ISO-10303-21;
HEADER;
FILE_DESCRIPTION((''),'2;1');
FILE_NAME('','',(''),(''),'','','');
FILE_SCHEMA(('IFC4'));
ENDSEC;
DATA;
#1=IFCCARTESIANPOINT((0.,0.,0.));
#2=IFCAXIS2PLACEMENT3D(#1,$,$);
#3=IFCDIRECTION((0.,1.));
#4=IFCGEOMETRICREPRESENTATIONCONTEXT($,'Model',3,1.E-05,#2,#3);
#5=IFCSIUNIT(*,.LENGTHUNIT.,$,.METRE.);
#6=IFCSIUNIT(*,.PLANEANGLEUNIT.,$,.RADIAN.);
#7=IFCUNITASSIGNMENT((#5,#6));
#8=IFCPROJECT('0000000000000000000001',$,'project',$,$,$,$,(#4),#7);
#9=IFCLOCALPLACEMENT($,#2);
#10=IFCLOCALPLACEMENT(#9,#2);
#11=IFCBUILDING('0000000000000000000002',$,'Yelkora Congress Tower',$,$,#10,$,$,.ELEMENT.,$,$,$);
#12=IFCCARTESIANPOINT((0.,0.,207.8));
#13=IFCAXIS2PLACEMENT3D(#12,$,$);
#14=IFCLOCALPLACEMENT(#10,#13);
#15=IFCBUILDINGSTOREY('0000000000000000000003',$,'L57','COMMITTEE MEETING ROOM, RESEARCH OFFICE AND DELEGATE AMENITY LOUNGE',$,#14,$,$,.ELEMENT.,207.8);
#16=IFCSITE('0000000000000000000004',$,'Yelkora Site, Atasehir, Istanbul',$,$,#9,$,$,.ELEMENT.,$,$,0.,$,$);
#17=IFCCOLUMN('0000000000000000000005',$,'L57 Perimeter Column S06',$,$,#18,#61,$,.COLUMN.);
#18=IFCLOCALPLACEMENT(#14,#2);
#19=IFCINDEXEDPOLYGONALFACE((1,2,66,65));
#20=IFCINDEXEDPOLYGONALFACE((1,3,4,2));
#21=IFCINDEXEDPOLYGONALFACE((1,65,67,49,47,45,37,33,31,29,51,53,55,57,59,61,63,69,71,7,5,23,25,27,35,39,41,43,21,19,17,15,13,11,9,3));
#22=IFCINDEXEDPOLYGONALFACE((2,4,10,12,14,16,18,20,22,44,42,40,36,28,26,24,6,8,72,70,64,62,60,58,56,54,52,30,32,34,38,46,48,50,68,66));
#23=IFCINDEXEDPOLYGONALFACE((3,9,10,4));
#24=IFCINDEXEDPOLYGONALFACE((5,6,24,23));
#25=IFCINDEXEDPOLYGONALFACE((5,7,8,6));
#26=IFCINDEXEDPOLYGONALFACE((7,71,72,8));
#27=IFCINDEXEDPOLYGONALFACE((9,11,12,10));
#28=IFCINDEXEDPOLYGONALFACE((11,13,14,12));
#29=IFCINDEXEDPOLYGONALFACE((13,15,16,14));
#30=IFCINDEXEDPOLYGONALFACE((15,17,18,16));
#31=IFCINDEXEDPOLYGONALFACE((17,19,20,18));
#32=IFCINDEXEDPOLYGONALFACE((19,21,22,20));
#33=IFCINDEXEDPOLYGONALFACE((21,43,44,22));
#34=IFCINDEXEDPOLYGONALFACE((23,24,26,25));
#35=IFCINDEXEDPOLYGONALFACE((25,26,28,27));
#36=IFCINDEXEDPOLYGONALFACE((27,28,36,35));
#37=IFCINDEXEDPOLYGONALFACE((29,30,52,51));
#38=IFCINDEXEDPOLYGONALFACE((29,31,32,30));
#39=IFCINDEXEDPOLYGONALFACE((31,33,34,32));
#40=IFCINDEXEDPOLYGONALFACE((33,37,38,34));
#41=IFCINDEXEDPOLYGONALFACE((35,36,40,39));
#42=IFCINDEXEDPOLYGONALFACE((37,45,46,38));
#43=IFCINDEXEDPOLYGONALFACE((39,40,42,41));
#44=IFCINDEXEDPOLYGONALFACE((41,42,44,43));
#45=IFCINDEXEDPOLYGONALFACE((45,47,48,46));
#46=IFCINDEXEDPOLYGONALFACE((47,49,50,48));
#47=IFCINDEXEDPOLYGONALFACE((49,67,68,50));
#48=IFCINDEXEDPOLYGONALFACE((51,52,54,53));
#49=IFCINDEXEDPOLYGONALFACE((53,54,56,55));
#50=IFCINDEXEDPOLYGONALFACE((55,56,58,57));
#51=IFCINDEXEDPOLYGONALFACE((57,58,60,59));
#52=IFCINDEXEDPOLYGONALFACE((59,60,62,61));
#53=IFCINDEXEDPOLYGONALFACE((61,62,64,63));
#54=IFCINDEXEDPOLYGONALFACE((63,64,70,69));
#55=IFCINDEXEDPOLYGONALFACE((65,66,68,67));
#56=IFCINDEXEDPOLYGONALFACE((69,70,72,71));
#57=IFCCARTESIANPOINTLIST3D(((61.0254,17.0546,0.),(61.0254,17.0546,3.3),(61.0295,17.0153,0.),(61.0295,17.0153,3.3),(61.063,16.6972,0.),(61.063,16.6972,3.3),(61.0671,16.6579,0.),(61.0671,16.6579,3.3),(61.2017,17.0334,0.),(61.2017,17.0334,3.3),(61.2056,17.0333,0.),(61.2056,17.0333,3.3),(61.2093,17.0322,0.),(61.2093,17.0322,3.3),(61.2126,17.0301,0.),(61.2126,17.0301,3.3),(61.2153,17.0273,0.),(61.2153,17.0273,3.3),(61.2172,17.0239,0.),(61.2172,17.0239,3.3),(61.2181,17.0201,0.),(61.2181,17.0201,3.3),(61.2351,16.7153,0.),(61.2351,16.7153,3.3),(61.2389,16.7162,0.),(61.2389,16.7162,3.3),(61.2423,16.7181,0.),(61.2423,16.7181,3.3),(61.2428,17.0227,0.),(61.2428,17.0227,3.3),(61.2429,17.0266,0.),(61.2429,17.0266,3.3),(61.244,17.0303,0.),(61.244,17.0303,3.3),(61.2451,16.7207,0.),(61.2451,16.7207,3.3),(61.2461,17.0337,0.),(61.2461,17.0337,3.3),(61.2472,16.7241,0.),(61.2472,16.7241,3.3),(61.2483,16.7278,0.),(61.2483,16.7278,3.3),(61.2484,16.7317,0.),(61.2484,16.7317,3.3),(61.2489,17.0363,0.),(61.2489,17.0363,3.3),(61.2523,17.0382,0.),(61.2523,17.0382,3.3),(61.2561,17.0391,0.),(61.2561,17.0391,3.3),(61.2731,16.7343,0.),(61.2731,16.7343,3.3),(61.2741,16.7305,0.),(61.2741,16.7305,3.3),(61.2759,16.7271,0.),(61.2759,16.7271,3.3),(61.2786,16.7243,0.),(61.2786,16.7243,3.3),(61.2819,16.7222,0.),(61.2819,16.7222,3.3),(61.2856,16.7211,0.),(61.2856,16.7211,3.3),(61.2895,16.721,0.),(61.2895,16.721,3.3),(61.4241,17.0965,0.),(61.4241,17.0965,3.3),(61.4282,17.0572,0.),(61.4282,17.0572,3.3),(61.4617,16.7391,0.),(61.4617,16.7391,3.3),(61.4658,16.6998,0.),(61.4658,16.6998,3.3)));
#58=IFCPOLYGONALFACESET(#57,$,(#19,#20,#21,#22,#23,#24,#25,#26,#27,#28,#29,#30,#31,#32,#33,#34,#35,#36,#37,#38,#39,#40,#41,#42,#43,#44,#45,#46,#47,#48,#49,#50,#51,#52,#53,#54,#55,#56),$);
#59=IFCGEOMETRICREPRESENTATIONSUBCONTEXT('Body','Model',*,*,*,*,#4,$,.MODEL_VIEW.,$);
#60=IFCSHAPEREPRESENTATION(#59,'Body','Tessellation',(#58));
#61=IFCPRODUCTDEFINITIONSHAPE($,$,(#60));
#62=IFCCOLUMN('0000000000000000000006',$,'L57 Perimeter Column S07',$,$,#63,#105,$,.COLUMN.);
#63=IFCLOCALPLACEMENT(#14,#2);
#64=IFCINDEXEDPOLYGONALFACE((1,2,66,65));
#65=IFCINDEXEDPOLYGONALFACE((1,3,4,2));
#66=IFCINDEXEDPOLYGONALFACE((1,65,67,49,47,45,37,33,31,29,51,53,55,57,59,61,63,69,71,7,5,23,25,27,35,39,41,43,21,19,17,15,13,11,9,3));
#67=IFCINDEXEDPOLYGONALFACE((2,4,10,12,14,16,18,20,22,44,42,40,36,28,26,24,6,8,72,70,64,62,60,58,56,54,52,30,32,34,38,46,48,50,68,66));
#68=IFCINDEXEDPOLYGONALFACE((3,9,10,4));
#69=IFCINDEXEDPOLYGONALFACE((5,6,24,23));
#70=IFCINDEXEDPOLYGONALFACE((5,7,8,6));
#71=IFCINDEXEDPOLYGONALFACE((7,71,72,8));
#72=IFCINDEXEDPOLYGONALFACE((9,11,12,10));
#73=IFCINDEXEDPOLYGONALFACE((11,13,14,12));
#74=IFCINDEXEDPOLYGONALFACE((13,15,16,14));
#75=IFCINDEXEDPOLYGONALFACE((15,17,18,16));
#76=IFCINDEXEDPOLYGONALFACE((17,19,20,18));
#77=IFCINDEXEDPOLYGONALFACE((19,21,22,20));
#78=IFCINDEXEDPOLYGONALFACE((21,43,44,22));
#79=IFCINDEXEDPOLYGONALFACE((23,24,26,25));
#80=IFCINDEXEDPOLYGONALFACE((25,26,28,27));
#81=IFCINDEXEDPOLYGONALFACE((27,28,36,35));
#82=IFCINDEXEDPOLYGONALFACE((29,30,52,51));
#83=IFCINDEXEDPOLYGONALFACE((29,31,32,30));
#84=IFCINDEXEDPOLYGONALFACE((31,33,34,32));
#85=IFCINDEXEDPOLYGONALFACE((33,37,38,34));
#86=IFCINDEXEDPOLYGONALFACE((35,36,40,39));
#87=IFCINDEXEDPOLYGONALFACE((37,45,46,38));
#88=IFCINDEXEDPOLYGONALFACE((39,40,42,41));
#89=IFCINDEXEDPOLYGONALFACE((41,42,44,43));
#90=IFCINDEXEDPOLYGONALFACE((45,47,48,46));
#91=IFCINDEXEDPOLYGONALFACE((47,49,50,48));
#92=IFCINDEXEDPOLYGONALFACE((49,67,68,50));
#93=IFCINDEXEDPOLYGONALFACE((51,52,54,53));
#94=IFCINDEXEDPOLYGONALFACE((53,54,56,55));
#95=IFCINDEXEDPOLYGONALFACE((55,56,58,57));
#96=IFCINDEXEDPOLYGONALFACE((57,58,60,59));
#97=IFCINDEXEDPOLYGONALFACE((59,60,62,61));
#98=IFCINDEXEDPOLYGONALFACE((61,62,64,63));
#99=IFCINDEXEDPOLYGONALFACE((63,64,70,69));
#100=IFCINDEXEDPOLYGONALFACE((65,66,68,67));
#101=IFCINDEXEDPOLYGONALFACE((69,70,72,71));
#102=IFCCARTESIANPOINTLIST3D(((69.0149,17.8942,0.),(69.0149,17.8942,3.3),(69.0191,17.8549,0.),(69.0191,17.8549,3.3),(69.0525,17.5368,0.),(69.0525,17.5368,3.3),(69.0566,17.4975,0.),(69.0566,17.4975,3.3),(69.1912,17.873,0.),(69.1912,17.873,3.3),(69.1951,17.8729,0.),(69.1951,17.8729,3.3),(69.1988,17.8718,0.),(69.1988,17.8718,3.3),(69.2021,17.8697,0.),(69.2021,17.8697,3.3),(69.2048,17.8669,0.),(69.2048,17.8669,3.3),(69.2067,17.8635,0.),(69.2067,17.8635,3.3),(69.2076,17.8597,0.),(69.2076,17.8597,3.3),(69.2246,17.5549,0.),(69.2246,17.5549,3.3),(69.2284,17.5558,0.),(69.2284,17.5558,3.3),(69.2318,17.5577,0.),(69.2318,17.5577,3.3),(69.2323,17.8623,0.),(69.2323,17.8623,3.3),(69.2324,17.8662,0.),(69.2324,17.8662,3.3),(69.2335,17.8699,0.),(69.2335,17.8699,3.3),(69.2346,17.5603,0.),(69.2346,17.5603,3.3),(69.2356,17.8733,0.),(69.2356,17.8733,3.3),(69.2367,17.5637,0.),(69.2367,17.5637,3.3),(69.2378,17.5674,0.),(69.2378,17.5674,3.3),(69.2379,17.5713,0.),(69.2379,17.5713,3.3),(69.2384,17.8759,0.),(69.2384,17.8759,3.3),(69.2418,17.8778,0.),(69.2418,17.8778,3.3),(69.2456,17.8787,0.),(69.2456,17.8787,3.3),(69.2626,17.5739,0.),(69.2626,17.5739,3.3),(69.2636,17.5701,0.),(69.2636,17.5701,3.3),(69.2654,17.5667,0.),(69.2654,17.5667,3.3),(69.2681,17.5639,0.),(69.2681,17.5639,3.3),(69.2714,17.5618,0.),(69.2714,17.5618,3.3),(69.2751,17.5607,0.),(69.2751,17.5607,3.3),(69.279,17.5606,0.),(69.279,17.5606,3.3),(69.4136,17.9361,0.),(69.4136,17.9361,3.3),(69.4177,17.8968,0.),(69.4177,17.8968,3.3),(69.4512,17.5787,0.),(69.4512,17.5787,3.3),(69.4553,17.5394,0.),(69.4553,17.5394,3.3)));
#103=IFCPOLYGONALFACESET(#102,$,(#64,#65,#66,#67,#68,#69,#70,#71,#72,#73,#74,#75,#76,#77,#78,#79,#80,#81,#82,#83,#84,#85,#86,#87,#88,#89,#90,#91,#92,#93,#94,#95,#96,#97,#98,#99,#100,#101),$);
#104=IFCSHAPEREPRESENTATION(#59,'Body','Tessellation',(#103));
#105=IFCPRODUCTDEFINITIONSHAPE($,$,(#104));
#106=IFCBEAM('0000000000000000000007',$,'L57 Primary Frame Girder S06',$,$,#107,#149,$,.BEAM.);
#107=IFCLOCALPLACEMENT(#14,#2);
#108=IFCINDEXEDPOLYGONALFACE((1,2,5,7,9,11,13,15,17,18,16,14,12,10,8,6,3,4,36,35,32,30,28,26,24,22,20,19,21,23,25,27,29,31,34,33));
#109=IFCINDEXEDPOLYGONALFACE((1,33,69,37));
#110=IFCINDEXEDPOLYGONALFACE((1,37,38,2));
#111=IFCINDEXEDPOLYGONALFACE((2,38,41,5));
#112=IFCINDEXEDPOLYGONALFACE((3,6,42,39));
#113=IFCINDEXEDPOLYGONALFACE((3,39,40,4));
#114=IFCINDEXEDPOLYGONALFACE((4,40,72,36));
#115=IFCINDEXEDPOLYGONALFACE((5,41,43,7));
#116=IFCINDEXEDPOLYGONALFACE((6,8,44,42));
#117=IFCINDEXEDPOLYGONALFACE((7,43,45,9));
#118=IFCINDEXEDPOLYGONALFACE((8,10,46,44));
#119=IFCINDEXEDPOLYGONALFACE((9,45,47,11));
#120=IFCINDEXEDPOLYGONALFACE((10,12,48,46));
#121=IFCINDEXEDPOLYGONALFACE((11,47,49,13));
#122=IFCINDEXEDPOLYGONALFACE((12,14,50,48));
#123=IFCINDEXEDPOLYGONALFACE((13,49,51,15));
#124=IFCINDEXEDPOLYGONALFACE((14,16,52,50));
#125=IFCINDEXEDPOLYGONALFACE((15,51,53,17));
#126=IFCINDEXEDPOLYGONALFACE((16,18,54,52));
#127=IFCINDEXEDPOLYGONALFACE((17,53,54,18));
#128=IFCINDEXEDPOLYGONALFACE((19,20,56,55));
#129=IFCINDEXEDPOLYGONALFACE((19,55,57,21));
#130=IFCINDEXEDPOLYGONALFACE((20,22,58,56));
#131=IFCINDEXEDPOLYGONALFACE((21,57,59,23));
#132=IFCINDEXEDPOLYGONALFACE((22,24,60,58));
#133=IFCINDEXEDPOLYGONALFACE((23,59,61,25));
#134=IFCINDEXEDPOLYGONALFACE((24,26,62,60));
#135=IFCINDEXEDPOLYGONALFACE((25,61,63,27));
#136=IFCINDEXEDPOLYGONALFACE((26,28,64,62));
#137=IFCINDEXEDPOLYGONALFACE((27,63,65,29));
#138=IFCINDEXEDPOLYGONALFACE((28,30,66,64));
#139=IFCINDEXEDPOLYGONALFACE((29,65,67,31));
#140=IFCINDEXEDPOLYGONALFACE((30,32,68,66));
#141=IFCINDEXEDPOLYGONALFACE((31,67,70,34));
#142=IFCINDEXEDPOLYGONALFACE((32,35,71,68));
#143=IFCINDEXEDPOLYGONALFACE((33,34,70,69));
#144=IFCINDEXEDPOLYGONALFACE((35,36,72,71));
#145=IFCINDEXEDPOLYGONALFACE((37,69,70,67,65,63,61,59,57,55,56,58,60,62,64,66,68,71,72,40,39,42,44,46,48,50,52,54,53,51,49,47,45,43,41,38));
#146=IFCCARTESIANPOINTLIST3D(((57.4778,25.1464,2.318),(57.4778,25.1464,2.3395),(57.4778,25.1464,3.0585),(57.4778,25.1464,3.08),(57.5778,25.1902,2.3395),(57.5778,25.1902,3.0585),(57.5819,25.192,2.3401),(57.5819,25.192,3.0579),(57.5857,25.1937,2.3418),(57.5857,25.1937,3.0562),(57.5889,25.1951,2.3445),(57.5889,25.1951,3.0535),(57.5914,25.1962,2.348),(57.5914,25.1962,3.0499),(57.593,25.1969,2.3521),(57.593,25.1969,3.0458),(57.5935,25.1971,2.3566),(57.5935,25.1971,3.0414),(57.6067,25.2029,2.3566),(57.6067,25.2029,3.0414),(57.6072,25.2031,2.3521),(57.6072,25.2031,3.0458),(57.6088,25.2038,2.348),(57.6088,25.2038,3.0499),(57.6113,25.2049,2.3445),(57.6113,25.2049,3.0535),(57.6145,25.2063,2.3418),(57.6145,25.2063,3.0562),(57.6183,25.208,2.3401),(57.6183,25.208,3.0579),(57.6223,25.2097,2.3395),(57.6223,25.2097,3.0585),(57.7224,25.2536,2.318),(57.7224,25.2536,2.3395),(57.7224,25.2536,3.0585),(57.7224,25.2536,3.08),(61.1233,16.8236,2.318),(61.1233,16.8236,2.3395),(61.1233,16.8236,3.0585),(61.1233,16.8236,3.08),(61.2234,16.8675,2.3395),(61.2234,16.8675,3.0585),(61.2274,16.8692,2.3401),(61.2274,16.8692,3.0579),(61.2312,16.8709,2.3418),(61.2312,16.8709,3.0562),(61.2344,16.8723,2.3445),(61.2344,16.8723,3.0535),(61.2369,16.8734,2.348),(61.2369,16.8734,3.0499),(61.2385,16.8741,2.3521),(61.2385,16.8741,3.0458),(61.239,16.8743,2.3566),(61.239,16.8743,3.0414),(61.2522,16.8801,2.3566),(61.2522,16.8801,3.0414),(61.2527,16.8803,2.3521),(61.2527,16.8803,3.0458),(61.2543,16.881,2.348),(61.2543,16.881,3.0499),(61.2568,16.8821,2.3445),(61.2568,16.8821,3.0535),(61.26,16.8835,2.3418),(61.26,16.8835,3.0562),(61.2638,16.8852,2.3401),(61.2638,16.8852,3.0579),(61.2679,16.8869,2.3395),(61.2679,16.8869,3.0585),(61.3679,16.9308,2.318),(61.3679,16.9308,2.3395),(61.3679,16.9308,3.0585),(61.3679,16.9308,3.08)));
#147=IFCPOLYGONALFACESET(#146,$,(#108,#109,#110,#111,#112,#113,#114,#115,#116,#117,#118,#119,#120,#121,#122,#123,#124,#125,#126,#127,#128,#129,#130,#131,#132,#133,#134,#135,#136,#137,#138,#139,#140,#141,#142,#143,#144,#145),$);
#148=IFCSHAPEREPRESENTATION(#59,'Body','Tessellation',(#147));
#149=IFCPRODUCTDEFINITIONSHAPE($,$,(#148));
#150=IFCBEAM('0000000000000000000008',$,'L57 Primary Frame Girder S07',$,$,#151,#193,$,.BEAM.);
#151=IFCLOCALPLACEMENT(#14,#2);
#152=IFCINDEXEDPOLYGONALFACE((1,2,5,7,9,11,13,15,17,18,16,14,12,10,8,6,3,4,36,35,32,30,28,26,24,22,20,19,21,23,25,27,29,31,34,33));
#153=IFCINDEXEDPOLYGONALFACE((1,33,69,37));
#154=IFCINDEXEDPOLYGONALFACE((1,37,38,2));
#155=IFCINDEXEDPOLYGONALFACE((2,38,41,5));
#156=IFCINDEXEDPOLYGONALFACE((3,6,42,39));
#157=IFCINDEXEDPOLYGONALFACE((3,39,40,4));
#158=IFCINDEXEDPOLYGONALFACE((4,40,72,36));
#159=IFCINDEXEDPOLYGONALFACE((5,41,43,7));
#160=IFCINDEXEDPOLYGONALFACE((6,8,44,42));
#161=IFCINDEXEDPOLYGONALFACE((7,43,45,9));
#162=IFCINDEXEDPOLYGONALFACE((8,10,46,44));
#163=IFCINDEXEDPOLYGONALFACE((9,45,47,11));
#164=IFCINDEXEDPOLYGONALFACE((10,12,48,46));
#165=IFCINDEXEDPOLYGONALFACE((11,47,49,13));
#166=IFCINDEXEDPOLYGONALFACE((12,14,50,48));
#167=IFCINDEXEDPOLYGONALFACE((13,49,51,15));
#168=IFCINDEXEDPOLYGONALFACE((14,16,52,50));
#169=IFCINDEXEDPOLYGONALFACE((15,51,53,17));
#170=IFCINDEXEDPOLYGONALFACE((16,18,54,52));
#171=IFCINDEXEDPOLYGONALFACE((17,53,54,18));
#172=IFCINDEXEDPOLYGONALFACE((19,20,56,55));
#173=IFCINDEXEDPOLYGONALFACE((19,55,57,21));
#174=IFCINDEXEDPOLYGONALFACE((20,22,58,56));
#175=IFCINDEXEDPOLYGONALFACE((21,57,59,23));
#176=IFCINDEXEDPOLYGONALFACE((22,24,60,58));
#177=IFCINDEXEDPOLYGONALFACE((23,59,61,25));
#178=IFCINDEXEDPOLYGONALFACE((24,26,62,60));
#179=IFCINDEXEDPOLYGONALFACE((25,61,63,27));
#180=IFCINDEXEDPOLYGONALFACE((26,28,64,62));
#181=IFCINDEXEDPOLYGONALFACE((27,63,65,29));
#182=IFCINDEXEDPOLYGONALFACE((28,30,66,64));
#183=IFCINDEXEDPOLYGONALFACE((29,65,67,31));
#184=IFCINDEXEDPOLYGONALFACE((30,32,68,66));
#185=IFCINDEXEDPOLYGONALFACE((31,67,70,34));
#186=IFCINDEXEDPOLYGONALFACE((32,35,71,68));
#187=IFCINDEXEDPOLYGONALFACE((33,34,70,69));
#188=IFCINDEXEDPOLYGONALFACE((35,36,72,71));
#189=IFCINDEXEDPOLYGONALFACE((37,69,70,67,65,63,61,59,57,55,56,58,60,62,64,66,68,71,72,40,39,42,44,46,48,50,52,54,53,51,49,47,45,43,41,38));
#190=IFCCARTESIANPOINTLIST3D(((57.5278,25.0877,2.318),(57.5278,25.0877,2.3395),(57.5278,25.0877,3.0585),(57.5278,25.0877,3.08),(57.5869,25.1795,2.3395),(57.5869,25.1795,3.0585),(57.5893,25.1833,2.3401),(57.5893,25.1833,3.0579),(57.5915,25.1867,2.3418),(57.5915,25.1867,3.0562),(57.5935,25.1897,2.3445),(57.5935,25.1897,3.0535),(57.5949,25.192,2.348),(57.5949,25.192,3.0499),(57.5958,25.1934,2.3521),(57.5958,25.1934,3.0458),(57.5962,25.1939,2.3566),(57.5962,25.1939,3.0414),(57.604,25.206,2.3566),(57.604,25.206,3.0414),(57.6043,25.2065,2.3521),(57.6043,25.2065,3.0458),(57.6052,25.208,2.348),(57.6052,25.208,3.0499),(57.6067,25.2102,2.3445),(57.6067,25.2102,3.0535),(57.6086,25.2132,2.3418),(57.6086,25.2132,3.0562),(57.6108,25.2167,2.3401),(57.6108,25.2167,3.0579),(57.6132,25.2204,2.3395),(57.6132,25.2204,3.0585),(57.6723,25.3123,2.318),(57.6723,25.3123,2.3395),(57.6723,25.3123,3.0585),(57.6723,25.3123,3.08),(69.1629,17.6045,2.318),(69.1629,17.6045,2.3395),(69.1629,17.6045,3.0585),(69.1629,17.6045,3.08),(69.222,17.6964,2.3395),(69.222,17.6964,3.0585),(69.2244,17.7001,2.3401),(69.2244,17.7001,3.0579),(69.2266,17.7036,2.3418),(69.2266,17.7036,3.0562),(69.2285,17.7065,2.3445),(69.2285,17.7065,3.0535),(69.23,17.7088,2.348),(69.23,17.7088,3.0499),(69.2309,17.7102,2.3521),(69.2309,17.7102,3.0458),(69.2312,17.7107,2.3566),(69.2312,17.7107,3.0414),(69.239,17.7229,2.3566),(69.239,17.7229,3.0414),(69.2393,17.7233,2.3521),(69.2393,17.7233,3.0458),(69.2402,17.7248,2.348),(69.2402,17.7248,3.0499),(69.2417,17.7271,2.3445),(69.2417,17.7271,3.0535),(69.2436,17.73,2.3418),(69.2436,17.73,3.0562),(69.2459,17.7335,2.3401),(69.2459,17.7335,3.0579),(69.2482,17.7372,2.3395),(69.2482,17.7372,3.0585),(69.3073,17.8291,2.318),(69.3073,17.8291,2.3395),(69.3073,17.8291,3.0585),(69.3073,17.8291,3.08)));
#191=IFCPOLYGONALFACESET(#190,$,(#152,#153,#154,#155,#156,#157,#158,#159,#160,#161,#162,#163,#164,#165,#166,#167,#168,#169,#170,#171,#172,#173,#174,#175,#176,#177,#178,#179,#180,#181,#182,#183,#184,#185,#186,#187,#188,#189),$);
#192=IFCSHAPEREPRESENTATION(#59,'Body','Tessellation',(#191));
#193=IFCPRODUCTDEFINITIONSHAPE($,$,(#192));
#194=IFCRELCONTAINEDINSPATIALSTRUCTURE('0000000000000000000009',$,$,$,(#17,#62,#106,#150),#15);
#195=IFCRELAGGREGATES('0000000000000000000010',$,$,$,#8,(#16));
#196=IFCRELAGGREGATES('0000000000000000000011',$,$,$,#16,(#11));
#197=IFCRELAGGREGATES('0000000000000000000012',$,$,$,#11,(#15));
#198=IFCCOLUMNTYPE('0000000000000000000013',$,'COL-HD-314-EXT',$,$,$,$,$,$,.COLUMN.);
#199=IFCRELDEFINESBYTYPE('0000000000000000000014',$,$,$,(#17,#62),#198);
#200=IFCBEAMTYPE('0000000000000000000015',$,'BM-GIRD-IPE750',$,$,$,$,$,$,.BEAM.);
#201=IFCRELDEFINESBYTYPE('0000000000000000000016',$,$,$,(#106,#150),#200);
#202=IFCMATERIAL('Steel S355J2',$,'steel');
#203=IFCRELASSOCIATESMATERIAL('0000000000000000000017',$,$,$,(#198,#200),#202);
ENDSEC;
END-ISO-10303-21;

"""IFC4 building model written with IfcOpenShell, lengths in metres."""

from ifc_helpers import new_model, si_unit, direction, frame, origin, origin_2d, place, context, subcontext, project, spatial, i_section, extrude, material, material_profile, profile_set, type_object, element, save


model = new_model("IFC4")

# Units and contexts
model_context = context("Model", 3, precision=1e-05, world=origin(), true_north=direction((0.0, 1.0)))
body_context = subcontext(model_context, "Body", "Model", "MODEL_VIEW")
ifc_project = project(units=[si_unit("LENGTHUNIT", "METRE"), si_unit("PLANEANGLEUNIT", "RADIAN")], contexts=[model_context])

# Site, building, storey
site_placement = place(None, origin())
site = spatial("IfcSite", under=ifc_project, at=site_placement, Name="Yelkora Site, Atasehir, Istanbul", CompositionType="ELEMENT", RefElevation=0.0)
building_placement = place(site_placement, origin())
building = spatial("IfcBuilding", under=site, at=building_placement, Name="Yelkora Congress Tower", CompositionType="ELEMENT")
storey_placement = place(building_placement, frame((0.0, 0.0, 207.8)))
storey = spatial("IfcBuildingStorey", under=building, at=storey_placement, Name="L57", Description="COMMITTEE MEETING ROOM, RESEARCH OFFICE AND DELEGATE AMENITY LOUNGE", CompositionType="ELEMENT", Elevation=207.8)

# Columns
ifc_material_1 = material(Name="Steel S355J2", Category="steel")
ifc_material_profile_1 = material_profile(ifc_material_1, i_section(OverallWidth=0.4009, OverallDepth=0.3989, WebThickness=0.0249, FlangeThickness=0.0396, FilletRadius=0.0149, at=origin_2d()), Name="HD 400x314")
ifc_profile_set_1 = profile_set([ifc_material_profile_1], Name="Steel S355J2")
column_type = type_object("IfcColumnType", Name="COL-HD-314-EXT", PredefinedType="COLUMN", material=ifc_profile_set_1)
for number, where, z_axis, x_axis, name in (
    (1, (61.2456, 16.8772, 0.0), (0.0, 0.0, 1.0), (0.994522, 0.104528, 0.0), "L57 Perimeter Column S06"),
    (2, (69.2351, 17.7168, 0.0), (0.0, 0.0, 1.0), (0.994522, 0.104528, 0.0), "L57 Perimeter Column S07"),
):
    element("IfcColumn", number, at=place(storey_placement, frame(where, z_axis=z_axis, x_axis=x_axis)), inside=storey, type_object=column_type, Name=name, PredefinedType="COLUMN", context=body_context, shape_type="SweptSolid", body=[
        extrude(i_section(OverallWidth=0.4009, OverallDepth=0.3989, WebThickness=0.0249, FlangeThickness=0.0396, FilletRadius=0.0149, at=origin_2d()), origin(), (0.0, 0.0, 1.0), 3.3),
    ])

# Beams
ifc_material_profile_2 = material_profile(ifc_material_1, i_section(OverallWidth=0.2671, OverallDepth=0.762, WebThickness=0.0144, FlangeThickness=0.0215, FilletRadius=0.0171, at=origin_2d()), Name="IPE 750x173")
ifc_profile_set_2 = profile_set([ifc_material_profile_2], Name="Steel S355J2")
beam_type_1 = type_object("IfcBeamType", Name="BM-GIRD-IPE750", PredefinedType="BEAM", material=ifc_profile_set_2)
beam_1_placement = place(storey_placement, frame((61.2456, 16.8772, 2.699), z_axis=(-0.401216, 0.915983, 0.0), x_axis=(-0.915983, -0.401216, 0.0)))
element("IfcBeam", 3, at=beam_1_placement, inside=storey, type_object=beam_type_1, Name="L57 Primary Frame Girder S06", PredefinedType="BEAM", context=body_context, shape_type="SweptSolid", body=[
    extrude(i_section(OverallWidth=0.2671, OverallDepth=0.762, WebThickness=0.0144, FlangeThickness=0.0215, FilletRadius=0.0171, at=origin_2d()), origin(), (0.0, 0.0, 1.0), 9.0862),
])
beam_2_placement = place(storey_placement, frame((69.2351, 17.7168, 2.699), z_axis=(-0.841063, 0.540937, 0.0), x_axis=(-0.540937, -0.841063, 0.0)))
element("IfcBeam", 4, at=beam_2_placement, inside=storey, type_object=beam_type_1, Name="L57 Primary Frame Girder S07", PredefinedType="BEAM", context=body_context, shape_type="SweptSolid", body=[
    extrude(i_section(OverallWidth=0.2671, OverallDepth=0.762, WebThickness=0.0144, FlangeThickness=0.0215, FilletRadius=0.0171, at=origin_2d()), origin(), (0.0, 0.0, 1.0), 13.8337),
])

save(model, "model.ifc")
